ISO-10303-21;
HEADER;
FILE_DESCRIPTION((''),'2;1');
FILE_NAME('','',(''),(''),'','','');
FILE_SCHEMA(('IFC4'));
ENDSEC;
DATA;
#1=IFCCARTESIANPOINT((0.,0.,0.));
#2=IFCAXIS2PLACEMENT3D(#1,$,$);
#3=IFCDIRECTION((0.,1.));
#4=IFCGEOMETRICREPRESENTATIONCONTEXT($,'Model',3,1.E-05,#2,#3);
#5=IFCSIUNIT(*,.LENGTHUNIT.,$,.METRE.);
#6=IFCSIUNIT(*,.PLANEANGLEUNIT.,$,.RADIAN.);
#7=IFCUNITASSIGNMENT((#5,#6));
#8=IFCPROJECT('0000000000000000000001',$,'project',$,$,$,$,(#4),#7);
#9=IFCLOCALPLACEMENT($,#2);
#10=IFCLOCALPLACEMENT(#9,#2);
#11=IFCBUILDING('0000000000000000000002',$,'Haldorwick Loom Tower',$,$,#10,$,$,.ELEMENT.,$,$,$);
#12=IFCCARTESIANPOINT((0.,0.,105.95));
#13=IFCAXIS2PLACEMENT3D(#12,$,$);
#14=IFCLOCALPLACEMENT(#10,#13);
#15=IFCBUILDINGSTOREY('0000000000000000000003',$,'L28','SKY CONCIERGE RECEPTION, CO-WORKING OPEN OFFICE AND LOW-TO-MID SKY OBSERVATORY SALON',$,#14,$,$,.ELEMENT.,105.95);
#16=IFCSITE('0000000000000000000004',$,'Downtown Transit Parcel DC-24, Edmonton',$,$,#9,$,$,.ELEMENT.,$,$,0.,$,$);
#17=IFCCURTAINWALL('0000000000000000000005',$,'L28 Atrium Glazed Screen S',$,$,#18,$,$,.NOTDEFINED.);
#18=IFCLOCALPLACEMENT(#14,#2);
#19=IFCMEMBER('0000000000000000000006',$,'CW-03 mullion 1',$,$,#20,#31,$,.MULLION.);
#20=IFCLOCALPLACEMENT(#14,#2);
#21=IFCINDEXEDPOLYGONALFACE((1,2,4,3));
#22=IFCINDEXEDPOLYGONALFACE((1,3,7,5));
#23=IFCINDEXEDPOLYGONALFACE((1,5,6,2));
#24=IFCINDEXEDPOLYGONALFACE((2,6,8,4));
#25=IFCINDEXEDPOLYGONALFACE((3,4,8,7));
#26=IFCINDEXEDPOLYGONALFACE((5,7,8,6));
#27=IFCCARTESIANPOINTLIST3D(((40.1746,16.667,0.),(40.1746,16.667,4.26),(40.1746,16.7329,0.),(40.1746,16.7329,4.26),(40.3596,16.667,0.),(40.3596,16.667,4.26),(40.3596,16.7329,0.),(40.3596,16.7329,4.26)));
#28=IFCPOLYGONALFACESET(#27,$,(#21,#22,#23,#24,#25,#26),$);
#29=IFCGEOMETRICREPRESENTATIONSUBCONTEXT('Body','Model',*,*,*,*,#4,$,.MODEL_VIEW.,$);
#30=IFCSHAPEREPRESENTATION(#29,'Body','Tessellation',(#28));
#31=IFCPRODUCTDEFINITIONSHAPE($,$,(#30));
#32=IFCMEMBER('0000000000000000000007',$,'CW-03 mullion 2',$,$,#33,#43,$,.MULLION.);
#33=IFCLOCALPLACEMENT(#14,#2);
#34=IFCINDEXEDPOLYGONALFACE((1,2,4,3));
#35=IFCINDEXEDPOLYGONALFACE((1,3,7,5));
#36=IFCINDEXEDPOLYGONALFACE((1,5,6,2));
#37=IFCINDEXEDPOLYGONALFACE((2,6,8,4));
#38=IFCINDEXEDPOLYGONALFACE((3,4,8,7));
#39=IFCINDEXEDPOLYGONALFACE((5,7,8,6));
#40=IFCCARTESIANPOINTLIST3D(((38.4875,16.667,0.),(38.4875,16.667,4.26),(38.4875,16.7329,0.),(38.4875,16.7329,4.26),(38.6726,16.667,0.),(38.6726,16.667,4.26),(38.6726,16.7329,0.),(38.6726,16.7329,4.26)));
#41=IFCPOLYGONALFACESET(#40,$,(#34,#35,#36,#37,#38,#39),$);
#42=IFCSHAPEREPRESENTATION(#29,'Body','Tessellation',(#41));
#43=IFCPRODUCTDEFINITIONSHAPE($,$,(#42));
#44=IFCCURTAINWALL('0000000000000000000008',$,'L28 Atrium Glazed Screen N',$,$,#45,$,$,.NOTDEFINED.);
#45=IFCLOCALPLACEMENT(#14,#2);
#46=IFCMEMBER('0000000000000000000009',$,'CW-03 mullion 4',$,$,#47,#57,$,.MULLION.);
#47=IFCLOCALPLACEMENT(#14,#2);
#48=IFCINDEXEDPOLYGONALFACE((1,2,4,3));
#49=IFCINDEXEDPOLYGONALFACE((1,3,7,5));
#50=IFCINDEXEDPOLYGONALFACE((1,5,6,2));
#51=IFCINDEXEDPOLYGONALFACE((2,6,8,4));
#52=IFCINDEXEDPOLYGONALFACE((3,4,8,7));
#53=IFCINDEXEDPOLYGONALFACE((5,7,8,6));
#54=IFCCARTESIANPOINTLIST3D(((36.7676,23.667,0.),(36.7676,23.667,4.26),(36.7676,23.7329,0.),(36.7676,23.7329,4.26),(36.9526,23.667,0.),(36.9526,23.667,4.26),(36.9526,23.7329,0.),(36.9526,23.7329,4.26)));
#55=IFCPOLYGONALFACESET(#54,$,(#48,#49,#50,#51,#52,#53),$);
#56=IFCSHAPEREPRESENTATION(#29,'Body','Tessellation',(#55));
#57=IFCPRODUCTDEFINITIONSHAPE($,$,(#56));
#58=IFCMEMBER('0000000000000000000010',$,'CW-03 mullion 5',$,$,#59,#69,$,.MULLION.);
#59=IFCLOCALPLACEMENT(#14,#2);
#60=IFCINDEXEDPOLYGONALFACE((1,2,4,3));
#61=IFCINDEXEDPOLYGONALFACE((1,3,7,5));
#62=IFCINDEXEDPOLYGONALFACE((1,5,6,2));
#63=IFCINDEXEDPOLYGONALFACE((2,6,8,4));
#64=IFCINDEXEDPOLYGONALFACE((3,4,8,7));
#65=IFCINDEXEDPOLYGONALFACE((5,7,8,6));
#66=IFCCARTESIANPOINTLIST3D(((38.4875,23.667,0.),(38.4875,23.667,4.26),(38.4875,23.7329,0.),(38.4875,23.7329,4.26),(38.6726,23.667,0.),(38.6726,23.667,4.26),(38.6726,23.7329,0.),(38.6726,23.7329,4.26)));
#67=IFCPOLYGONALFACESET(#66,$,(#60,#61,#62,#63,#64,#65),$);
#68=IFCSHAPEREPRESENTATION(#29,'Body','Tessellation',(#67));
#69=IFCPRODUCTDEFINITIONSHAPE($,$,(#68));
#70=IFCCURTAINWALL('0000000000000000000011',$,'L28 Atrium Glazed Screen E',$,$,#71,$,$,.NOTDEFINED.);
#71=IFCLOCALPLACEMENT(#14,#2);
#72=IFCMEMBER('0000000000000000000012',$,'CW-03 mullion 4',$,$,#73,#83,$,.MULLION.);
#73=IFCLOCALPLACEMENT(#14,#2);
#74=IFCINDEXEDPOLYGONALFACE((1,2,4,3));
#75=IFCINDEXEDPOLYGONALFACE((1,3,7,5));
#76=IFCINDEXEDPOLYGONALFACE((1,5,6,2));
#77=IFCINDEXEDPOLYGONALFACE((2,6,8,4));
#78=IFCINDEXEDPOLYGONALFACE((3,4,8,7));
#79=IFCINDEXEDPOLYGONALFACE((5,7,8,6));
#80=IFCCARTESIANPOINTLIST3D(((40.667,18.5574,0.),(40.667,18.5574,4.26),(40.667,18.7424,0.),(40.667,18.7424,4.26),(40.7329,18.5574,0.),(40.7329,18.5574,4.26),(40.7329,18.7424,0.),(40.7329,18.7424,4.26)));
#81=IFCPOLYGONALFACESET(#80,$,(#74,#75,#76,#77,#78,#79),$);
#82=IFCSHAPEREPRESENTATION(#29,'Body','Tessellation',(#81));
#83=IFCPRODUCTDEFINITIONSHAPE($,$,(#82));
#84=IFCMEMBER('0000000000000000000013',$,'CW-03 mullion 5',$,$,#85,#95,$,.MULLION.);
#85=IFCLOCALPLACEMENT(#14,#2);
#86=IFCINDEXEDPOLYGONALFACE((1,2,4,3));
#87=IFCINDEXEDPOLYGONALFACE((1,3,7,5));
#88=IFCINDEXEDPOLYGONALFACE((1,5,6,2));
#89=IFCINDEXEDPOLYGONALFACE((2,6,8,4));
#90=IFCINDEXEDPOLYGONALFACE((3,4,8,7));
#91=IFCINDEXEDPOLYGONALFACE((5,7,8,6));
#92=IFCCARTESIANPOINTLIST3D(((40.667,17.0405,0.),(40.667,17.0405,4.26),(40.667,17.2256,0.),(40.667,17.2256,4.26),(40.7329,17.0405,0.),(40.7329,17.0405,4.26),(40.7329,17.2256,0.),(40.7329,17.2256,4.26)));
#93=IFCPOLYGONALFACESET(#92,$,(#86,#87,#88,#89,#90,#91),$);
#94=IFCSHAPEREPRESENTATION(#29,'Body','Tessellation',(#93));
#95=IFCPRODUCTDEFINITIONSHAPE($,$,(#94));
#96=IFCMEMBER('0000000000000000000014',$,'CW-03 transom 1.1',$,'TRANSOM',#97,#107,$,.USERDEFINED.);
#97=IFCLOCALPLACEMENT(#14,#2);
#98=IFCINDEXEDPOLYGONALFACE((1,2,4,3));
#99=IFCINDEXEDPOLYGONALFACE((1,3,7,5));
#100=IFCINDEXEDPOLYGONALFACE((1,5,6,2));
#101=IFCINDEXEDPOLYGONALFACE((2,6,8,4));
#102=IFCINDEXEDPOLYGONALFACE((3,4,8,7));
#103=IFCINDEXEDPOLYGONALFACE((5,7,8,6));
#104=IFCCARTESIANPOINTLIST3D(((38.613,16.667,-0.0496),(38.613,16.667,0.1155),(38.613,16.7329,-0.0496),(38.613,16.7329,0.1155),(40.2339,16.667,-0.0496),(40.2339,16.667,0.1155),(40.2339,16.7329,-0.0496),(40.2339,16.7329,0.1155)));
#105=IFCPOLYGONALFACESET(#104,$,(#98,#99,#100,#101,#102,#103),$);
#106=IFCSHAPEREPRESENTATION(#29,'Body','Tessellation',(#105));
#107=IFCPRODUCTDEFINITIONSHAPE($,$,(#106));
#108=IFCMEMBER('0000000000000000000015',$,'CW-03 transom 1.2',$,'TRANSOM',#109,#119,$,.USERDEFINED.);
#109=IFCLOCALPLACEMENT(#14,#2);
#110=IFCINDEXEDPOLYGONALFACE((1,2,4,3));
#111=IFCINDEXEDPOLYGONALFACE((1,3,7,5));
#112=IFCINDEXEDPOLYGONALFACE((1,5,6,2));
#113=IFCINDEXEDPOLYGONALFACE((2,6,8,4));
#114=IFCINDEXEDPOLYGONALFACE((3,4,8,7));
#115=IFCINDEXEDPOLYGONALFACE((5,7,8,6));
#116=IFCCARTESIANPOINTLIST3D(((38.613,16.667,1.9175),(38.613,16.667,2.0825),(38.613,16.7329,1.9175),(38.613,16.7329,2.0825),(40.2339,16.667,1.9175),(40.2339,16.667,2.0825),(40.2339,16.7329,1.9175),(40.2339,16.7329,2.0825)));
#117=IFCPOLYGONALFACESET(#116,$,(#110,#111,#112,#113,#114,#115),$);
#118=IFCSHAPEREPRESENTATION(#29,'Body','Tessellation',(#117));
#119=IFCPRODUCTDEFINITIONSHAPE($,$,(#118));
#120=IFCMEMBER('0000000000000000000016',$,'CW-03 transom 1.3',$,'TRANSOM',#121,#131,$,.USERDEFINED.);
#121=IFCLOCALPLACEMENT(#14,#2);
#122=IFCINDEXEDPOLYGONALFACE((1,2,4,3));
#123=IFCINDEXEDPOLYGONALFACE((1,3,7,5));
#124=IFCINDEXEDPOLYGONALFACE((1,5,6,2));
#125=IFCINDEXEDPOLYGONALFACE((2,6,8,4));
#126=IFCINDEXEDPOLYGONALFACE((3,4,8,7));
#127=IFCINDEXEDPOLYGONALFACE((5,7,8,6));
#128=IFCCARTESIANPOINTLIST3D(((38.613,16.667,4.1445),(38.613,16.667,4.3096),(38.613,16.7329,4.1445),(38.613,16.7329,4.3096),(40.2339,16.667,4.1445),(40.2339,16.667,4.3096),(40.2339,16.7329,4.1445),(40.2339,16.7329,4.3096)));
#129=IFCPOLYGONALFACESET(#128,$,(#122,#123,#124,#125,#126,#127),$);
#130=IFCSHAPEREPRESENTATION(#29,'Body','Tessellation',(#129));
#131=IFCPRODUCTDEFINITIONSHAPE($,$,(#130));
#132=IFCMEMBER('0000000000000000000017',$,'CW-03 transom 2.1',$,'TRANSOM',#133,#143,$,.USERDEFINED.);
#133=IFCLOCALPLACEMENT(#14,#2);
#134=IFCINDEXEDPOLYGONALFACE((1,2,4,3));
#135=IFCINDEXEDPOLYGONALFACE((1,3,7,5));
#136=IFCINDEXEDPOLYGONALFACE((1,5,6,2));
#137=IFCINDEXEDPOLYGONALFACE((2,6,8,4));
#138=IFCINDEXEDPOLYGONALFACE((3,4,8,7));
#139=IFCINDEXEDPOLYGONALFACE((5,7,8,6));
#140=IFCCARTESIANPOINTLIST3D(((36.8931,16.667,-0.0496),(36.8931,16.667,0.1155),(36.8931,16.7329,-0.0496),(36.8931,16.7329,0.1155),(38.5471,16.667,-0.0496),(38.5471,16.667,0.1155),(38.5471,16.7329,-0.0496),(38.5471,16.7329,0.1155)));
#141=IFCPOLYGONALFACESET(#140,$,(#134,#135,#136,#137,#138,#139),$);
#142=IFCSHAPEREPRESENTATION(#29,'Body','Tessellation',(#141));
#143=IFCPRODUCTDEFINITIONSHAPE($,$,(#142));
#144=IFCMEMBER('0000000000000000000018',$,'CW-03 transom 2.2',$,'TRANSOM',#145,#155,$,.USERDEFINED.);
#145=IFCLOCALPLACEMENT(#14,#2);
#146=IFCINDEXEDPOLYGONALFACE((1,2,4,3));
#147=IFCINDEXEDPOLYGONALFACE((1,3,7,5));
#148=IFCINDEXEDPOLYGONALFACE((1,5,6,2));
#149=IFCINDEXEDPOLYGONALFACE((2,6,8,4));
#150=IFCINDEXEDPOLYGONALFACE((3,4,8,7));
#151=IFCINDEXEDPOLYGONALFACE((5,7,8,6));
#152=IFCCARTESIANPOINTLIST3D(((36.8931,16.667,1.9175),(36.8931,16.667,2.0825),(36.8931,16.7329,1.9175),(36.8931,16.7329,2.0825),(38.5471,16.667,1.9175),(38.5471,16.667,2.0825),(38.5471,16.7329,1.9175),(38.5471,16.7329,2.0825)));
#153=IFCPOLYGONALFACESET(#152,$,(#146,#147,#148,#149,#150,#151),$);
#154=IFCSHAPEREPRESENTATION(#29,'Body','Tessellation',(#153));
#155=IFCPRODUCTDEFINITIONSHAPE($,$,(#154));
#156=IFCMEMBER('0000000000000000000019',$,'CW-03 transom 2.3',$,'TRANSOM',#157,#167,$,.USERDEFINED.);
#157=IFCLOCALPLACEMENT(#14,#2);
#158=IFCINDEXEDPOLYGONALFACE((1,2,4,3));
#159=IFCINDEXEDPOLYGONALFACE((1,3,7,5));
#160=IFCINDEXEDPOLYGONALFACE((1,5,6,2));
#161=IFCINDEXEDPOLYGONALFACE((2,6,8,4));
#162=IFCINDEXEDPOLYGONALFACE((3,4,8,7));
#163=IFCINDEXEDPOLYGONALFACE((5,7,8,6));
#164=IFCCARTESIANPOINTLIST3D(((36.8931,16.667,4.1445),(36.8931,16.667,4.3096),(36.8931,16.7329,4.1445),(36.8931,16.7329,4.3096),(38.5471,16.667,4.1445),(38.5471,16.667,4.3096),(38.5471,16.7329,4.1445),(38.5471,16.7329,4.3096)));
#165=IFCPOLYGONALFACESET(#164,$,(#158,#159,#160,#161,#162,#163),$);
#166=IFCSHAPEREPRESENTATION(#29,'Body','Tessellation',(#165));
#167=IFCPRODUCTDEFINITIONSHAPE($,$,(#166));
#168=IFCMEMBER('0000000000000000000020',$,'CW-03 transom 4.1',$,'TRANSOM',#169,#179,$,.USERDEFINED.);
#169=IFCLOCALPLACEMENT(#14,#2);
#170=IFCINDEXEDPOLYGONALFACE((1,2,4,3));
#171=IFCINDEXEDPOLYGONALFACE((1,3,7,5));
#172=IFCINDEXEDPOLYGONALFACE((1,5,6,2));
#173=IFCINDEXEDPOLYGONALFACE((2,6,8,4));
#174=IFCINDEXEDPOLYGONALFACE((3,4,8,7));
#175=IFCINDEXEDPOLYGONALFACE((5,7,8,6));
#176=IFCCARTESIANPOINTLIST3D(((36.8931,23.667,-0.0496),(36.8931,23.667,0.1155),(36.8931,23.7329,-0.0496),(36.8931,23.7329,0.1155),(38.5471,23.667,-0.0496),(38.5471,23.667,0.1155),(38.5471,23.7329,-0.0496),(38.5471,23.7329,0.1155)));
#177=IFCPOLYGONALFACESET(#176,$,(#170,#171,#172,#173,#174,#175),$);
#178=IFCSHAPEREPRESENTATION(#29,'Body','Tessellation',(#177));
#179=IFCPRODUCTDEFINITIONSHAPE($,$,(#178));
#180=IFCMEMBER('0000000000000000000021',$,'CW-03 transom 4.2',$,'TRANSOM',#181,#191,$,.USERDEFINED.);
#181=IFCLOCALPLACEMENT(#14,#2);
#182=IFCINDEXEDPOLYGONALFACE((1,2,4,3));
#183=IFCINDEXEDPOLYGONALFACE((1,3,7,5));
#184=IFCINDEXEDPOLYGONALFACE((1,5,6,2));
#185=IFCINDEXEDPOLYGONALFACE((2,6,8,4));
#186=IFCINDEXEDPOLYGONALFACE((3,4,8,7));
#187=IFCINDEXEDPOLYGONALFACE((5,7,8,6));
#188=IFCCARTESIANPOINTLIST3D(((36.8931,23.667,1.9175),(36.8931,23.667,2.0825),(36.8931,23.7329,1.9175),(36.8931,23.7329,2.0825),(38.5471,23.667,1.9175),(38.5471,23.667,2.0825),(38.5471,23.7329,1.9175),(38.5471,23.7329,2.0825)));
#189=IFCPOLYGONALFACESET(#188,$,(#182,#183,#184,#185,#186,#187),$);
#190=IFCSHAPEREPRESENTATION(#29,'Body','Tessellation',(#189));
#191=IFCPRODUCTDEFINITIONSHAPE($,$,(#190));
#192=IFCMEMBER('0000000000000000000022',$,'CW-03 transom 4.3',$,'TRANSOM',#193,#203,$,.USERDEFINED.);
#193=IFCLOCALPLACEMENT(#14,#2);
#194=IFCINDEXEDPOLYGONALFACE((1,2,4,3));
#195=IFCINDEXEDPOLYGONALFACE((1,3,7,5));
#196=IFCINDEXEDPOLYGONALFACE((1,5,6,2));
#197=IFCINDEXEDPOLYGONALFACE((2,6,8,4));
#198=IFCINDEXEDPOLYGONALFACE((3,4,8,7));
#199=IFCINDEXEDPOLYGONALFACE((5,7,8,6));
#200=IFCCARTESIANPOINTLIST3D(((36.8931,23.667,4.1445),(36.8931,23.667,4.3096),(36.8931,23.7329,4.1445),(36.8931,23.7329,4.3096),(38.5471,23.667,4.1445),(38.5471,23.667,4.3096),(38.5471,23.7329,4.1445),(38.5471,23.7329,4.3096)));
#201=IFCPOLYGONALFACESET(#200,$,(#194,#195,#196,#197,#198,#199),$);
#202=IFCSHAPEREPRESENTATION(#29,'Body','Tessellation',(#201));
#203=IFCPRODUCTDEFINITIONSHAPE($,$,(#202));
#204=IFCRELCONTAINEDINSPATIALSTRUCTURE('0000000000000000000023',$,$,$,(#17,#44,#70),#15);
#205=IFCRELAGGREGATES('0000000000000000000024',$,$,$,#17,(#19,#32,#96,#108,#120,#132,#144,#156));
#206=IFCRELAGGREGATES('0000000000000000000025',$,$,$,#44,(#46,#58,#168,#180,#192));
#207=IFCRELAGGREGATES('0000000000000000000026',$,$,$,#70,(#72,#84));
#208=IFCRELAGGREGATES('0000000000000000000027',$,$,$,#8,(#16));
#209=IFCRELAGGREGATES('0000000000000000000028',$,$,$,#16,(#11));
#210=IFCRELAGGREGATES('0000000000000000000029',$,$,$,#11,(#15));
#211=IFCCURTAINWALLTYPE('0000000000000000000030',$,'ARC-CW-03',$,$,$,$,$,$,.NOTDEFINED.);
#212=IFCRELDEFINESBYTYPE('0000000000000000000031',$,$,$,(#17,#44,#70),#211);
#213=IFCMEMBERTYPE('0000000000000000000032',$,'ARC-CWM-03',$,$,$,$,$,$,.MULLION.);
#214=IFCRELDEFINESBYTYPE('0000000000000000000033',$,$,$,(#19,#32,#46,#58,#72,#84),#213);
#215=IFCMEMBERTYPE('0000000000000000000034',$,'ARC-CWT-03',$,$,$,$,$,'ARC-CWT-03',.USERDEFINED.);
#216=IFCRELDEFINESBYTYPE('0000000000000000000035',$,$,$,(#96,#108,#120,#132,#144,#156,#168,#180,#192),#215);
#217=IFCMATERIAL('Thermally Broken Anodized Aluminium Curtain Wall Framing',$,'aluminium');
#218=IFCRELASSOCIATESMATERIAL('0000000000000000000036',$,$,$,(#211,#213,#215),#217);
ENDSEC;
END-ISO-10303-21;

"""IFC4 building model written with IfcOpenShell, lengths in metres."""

from ifc_helpers import new_model, si_unit, direction, frame, origin, origin_2d, place, context, subcontext, project, spatial, rectangle, extrude, material, material_profile, profile_set, type_object, element, aggregate, save


model = new_model("IFC4")

# Units and contexts
model_context = context("Model", 3, precision=1e-05, world=origin(), true_north=direction((0.0, 1.0)))
body_context = subcontext(model_context, "Body", "Model", "MODEL_VIEW")
ifc_project = project(units=[si_unit("LENGTHUNIT", "METRE"), si_unit("PLANEANGLEUNIT", "RADIAN")], contexts=[model_context])

# Site, building, storey
site_placement = place(None, origin())
site = spatial("IfcSite", under=ifc_project, at=site_placement, Name="Downtown Transit Parcel DC-24, Edmonton", CompositionType="ELEMENT", RefElevation=0.0)
building_placement = place(site_placement, origin())
building = spatial("IfcBuilding", under=site, at=building_placement, Name="Haldorwick Loom Tower", CompositionType="ELEMENT")
storey_placement = place(building_placement, frame((0.0, 0.0, 105.95)))
storey = spatial("IfcBuildingStorey", under=building, at=storey_placement, Name="L28", Description="SKY CONCIERGE RECEPTION, CO-WORKING OPEN OFFICE AND LOW-TO-MID SKY OBSERVATORY SALON", CompositionType="ELEMENT", Elevation=105.95)

# Curtain walls, members
ifc_material_1 = material(Name="Thermally Broken Anodized Aluminium Curtain Wall Framing", Category="aluminium")
curtain_wall_type = type_object("IfcCurtainWallType", Name="ARC-CW-03", PredefinedType="NOTDEFINED", material=ifc_material_1)
curtain_wall_1_placement = place(storey_placement, origin())
curtain_wall_1 = element("IfcCurtainWall", 1, at=curtain_wall_1_placement, inside=storey, type_object=curtain_wall_type, Name="L28 Atrium Glazed Screen S", PredefinedType="NOTDEFINED")
ifc_material_profile_1 = material_profile(ifc_material_1, rectangle(XDim=0.0659, YDim=0.1851, at=origin_2d()), Name="ALU_MUL_66X185", Category="aluminium")
ifc_profile_set_1 = profile_set([ifc_material_profile_1], Name="Thermally Broken Anodized Aluminium Curtain Wall Framing")
member_type_1 = type_object("IfcMemberType", Name="ARC-CWM-03", PredefinedType="MULLION", material=ifc_profile_set_1)
member_1_placement = place(storey_placement, frame((40.2671, 16.7, 0.0), z_axis=(0.0, 0.0, 1.0), x_axis=(0.0, -1.0, 0.0)))
member_1 = element("IfcMember", 2, at=member_1_placement, type_object=member_type_1, Name="CW-03 mullion 1", PredefinedType="MULLION", context=body_context, shape_type="SweptSolid", body=[
    extrude(rectangle(XDim=0.0659, YDim=0.1851, at=origin_2d()), origin(), (0.0, 0.0, 1.0), 4.26),
])
member_2_placement = place(storey_placement, frame((38.5801, 16.7, 0.0), z_axis=(0.0, 0.0, 1.0), x_axis=(0.0, -1.0, 0.0)))
member_2 = element("IfcMember", 3, at=member_2_placement, type_object=member_type_1, Name="CW-03 mullion 2", PredefinedType="MULLION", context=body_context, shape_type="SweptSolid", body=[
    extrude(rectangle(XDim=0.0659, YDim=0.1851, at=origin_2d()), origin(), (0.0, 0.0, 1.0), 4.26),
])
curtain_wall_2_placement = place(storey_placement, origin())
curtain_wall_2 = element("IfcCurtainWall", 4, at=curtain_wall_2_placement, inside=storey, type_object=curtain_wall_type, Name="L28 Atrium Glazed Screen N", PredefinedType="NOTDEFINED")
member_3_placement = place(storey_placement, frame((36.8601, 23.7, 0.0), z_axis=(0.0, 0.0, 1.0), x_axis=(0.0, 1.0, 0.0)))
member_3 = element("IfcMember", 5, at=member_3_placement, type_object=member_type_1, Name="CW-03 mullion 4", PredefinedType="MULLION", context=body_context, shape_type="SweptSolid", body=[
    extrude(rectangle(XDim=0.0659, YDim=0.1851, at=origin_2d()), origin(), (0.0, 0.0, 1.0), 4.26),
])
member_4_placement = place(storey_placement, frame((38.5801, 23.7, 0.0), z_axis=(0.0, 0.0, 1.0), x_axis=(0.0, 1.0, 0.0)))
member_4 = element("IfcMember", 6, at=member_4_placement, type_object=member_type_1, Name="CW-03 mullion 5", PredefinedType="MULLION", context=body_context, shape_type="SweptSolid", body=[
    extrude(rectangle(XDim=0.0659, YDim=0.1851, at=origin_2d()), origin(), (0.0, 0.0, 1.0), 4.26),
])
curtain_wall_3_placement = place(storey_placement, origin())
curtain_wall_3 = element("IfcCurtainWall", 7, at=curtain_wall_3_placement, inside=storey, type_object=curtain_wall_type, Name="L28 Atrium Glazed Screen E", PredefinedType="NOTDEFINED")
member_5_placement = place(storey_placement, frame((40.7, 18.6499, 0.0), z_axis=(0.0, 0.0, 1.0), x_axis=(1.0, 0.0, 0.0)))
member_5 = element("IfcMember", 8, at=member_5_placement, type_object=member_type_1, Name="CW-03 mullion 4", PredefinedType="MULLION", context=body_context, shape_type="SweptSolid", body=[
    extrude(rectangle(XDim=0.0659, YDim=0.1851, at=origin_2d()), origin(), (0.0, 0.0, 1.0), 4.26),
])
member_6_placement = place(storey_placement, frame((40.7, 17.1331, 0.0), z_axis=(0.0, 0.0, 1.0), x_axis=(1.0, 0.0, 0.0)))
member_6 = element("IfcMember", 9, at=member_6_placement, type_object=member_type_1, Name="CW-03 mullion 5", PredefinedType="MULLION", context=body_context, shape_type="SweptSolid", body=[
    extrude(rectangle(XDim=0.0659, YDim=0.1851, at=origin_2d()), origin(), (0.0, 0.0, 1.0), 4.26),
])

# Members
ifc_material_profile_2 = material_profile(ifc_material_1, rectangle(XDim=0.0659, YDim=0.165, at=origin_2d()), Name="ALU_TRN_66X165", Category="aluminium")
ifc_profile_set_2 = profile_set([ifc_material_profile_2], Name="Thermally Broken Anodized Aluminium Curtain Wall Framing")
member_type_2 = type_object("IfcMemberType", Name="ARC-CWT-03", ElementType="ARC-CWT-03", PredefinedType="USERDEFINED", material=ifc_profile_set_2)
member_7_placement = place(storey_placement, frame((40.2339, 16.7, 0.033), z_axis=(-1.0, 0.0, 0.0), x_axis=(0.0, -1.0, 0.0)))
member_7 = element("IfcMember", 10, at=member_7_placement, type_object=member_type_2, Name="CW-03 transom 1.1", ObjectType="TRANSOM", PredefinedType="USERDEFINED", context=body_context, shape_type="SweptSolid", body=[
    extrude(rectangle(XDim=0.0659, YDim=0.165, at=origin_2d()), origin(), (0.0, 0.0, 1.0), 1.6208),
])
member_8_placement = place(storey_placement, frame((40.2339, 16.7, 2.0), z_axis=(-1.0, 0.0, 0.0), x_axis=(0.0, -1.0, 0.0)))
member_8 = element("IfcMember", 11, at=member_8_placement, type_object=member_type_2, Name="CW-03 transom 1.2", ObjectType="TRANSOM", PredefinedType="USERDEFINED", context=body_context, shape_type="SweptSolid", body=[
    extrude(rectangle(XDim=0.0659, YDim=0.165, at=origin_2d()), origin(), (0.0, 0.0, 1.0), 1.6208),
])
member_9_placement = place(storey_placement, frame((40.2339, 16.7, 4.2271), z_axis=(-1.0, 0.0, 0.0), x_axis=(0.0, -1.0, 0.0)))
member_9 = element("IfcMember", 12, at=member_9_placement, type_object=member_type_2, Name="CW-03 transom 1.3", ObjectType="TRANSOM", PredefinedType="USERDEFINED", context=body_context, shape_type="SweptSolid", body=[
    extrude(rectangle(XDim=0.0659, YDim=0.165, at=origin_2d()), origin(), (0.0, 0.0, 1.0), 1.6208),
])
member_10_placement = place(storey_placement, frame((38.5471, 16.7, 0.033), z_axis=(-1.0, 0.0, 0.0), x_axis=(0.0, -1.0, 0.0)))
member_10 = element("IfcMember", 13, at=member_10_placement, type_object=member_type_2, Name="CW-03 transom 2.1", ObjectType="TRANSOM", PredefinedType="USERDEFINED", context=body_context, shape_type="SweptSolid", body=[
    extrude(rectangle(XDim=0.0659, YDim=0.165, at=origin_2d()), origin(), (0.0, 0.0, 1.0), 1.6541),
])
member_11_placement = place(storey_placement, frame((38.5471, 16.7, 2.0), z_axis=(-1.0, 0.0, 0.0), x_axis=(0.0, -1.0, 0.0)))
member_11 = element("IfcMember", 14, at=member_11_placement, type_object=member_type_2, Name="CW-03 transom 2.2", ObjectType="TRANSOM", PredefinedType="USERDEFINED", context=body_context, shape_type="SweptSolid", body=[
    extrude(rectangle(XDim=0.0659, YDim=0.165, at=origin_2d()), origin(), (0.0, 0.0, 1.0), 1.6541),
])
member_12_placement = place(storey_placement, frame((38.5471, 16.7, 4.2271), z_axis=(-1.0, 0.0, 0.0), x_axis=(0.0, -1.0, 0.0)))
member_12 = element("IfcMember", 15, at=member_12_placement, type_object=member_type_2, Name="CW-03 transom 2.3", ObjectType="TRANSOM", PredefinedType="USERDEFINED", context=body_context, shape_type="SweptSolid", body=[
    extrude(rectangle(XDim=0.0659, YDim=0.165, at=origin_2d()), origin(), (0.0, 0.0, 1.0), 1.6541),
])
member_13_placement = place(storey_placement, frame((36.8931, 23.7, 0.033), z_axis=(1.0, 0.0, 0.0), x_axis=(0.0, 1.0, 0.0)))
member_13 = element("IfcMember", 16, at=member_13_placement, type_object=member_type_2, Name="CW-03 transom 4.1", ObjectType="TRANSOM", PredefinedType="USERDEFINED", context=body_context, shape_type="SweptSolid", body=[
    extrude(rectangle(XDim=0.0659, YDim=0.165, at=origin_2d()), origin(), (0.0, 0.0, 1.0), 1.6541),
])
member_14_placement = place(storey_placement, frame((36.8931, 23.7, 2.0), z_axis=(1.0, 0.0, 0.0), x_axis=(0.0, 1.0, 0.0)))
member_14 = element("IfcMember", 17, at=member_14_placement, type_object=member_type_2, Name="CW-03 transom 4.2", ObjectType="TRANSOM", PredefinedType="USERDEFINED", context=body_context, shape_type="SweptSolid", body=[
    extrude(rectangle(XDim=0.0659, YDim=0.165, at=origin_2d()), origin(), (0.0, 0.0, 1.0), 1.6541),
])
member_15_placement = place(storey_placement, frame((36.8931, 23.7, 4.2271), z_axis=(1.0, 0.0, 0.0), x_axis=(0.0, 1.0, 0.0)))
member_15 = element("IfcMember", 18, at=member_15_placement, type_object=member_type_2, Name="CW-03 transom 4.3", ObjectType="TRANSOM", PredefinedType="USERDEFINED", context=body_context, shape_type="SweptSolid", body=[
    extrude(rectangle(XDim=0.0659, YDim=0.165, at=origin_2d()), origin(), (0.0, 0.0, 1.0), 1.6541),
])

aggregate(curtain_wall_1, [member_1, member_2, member_7, member_8, member_9, member_10, member_11, member_12])
aggregate(curtain_wall_2, [member_3, member_4, member_13, member_14, member_15])
aggregate(curtain_wall_3, [member_5, member_6])

save(model, "model.ifc")
